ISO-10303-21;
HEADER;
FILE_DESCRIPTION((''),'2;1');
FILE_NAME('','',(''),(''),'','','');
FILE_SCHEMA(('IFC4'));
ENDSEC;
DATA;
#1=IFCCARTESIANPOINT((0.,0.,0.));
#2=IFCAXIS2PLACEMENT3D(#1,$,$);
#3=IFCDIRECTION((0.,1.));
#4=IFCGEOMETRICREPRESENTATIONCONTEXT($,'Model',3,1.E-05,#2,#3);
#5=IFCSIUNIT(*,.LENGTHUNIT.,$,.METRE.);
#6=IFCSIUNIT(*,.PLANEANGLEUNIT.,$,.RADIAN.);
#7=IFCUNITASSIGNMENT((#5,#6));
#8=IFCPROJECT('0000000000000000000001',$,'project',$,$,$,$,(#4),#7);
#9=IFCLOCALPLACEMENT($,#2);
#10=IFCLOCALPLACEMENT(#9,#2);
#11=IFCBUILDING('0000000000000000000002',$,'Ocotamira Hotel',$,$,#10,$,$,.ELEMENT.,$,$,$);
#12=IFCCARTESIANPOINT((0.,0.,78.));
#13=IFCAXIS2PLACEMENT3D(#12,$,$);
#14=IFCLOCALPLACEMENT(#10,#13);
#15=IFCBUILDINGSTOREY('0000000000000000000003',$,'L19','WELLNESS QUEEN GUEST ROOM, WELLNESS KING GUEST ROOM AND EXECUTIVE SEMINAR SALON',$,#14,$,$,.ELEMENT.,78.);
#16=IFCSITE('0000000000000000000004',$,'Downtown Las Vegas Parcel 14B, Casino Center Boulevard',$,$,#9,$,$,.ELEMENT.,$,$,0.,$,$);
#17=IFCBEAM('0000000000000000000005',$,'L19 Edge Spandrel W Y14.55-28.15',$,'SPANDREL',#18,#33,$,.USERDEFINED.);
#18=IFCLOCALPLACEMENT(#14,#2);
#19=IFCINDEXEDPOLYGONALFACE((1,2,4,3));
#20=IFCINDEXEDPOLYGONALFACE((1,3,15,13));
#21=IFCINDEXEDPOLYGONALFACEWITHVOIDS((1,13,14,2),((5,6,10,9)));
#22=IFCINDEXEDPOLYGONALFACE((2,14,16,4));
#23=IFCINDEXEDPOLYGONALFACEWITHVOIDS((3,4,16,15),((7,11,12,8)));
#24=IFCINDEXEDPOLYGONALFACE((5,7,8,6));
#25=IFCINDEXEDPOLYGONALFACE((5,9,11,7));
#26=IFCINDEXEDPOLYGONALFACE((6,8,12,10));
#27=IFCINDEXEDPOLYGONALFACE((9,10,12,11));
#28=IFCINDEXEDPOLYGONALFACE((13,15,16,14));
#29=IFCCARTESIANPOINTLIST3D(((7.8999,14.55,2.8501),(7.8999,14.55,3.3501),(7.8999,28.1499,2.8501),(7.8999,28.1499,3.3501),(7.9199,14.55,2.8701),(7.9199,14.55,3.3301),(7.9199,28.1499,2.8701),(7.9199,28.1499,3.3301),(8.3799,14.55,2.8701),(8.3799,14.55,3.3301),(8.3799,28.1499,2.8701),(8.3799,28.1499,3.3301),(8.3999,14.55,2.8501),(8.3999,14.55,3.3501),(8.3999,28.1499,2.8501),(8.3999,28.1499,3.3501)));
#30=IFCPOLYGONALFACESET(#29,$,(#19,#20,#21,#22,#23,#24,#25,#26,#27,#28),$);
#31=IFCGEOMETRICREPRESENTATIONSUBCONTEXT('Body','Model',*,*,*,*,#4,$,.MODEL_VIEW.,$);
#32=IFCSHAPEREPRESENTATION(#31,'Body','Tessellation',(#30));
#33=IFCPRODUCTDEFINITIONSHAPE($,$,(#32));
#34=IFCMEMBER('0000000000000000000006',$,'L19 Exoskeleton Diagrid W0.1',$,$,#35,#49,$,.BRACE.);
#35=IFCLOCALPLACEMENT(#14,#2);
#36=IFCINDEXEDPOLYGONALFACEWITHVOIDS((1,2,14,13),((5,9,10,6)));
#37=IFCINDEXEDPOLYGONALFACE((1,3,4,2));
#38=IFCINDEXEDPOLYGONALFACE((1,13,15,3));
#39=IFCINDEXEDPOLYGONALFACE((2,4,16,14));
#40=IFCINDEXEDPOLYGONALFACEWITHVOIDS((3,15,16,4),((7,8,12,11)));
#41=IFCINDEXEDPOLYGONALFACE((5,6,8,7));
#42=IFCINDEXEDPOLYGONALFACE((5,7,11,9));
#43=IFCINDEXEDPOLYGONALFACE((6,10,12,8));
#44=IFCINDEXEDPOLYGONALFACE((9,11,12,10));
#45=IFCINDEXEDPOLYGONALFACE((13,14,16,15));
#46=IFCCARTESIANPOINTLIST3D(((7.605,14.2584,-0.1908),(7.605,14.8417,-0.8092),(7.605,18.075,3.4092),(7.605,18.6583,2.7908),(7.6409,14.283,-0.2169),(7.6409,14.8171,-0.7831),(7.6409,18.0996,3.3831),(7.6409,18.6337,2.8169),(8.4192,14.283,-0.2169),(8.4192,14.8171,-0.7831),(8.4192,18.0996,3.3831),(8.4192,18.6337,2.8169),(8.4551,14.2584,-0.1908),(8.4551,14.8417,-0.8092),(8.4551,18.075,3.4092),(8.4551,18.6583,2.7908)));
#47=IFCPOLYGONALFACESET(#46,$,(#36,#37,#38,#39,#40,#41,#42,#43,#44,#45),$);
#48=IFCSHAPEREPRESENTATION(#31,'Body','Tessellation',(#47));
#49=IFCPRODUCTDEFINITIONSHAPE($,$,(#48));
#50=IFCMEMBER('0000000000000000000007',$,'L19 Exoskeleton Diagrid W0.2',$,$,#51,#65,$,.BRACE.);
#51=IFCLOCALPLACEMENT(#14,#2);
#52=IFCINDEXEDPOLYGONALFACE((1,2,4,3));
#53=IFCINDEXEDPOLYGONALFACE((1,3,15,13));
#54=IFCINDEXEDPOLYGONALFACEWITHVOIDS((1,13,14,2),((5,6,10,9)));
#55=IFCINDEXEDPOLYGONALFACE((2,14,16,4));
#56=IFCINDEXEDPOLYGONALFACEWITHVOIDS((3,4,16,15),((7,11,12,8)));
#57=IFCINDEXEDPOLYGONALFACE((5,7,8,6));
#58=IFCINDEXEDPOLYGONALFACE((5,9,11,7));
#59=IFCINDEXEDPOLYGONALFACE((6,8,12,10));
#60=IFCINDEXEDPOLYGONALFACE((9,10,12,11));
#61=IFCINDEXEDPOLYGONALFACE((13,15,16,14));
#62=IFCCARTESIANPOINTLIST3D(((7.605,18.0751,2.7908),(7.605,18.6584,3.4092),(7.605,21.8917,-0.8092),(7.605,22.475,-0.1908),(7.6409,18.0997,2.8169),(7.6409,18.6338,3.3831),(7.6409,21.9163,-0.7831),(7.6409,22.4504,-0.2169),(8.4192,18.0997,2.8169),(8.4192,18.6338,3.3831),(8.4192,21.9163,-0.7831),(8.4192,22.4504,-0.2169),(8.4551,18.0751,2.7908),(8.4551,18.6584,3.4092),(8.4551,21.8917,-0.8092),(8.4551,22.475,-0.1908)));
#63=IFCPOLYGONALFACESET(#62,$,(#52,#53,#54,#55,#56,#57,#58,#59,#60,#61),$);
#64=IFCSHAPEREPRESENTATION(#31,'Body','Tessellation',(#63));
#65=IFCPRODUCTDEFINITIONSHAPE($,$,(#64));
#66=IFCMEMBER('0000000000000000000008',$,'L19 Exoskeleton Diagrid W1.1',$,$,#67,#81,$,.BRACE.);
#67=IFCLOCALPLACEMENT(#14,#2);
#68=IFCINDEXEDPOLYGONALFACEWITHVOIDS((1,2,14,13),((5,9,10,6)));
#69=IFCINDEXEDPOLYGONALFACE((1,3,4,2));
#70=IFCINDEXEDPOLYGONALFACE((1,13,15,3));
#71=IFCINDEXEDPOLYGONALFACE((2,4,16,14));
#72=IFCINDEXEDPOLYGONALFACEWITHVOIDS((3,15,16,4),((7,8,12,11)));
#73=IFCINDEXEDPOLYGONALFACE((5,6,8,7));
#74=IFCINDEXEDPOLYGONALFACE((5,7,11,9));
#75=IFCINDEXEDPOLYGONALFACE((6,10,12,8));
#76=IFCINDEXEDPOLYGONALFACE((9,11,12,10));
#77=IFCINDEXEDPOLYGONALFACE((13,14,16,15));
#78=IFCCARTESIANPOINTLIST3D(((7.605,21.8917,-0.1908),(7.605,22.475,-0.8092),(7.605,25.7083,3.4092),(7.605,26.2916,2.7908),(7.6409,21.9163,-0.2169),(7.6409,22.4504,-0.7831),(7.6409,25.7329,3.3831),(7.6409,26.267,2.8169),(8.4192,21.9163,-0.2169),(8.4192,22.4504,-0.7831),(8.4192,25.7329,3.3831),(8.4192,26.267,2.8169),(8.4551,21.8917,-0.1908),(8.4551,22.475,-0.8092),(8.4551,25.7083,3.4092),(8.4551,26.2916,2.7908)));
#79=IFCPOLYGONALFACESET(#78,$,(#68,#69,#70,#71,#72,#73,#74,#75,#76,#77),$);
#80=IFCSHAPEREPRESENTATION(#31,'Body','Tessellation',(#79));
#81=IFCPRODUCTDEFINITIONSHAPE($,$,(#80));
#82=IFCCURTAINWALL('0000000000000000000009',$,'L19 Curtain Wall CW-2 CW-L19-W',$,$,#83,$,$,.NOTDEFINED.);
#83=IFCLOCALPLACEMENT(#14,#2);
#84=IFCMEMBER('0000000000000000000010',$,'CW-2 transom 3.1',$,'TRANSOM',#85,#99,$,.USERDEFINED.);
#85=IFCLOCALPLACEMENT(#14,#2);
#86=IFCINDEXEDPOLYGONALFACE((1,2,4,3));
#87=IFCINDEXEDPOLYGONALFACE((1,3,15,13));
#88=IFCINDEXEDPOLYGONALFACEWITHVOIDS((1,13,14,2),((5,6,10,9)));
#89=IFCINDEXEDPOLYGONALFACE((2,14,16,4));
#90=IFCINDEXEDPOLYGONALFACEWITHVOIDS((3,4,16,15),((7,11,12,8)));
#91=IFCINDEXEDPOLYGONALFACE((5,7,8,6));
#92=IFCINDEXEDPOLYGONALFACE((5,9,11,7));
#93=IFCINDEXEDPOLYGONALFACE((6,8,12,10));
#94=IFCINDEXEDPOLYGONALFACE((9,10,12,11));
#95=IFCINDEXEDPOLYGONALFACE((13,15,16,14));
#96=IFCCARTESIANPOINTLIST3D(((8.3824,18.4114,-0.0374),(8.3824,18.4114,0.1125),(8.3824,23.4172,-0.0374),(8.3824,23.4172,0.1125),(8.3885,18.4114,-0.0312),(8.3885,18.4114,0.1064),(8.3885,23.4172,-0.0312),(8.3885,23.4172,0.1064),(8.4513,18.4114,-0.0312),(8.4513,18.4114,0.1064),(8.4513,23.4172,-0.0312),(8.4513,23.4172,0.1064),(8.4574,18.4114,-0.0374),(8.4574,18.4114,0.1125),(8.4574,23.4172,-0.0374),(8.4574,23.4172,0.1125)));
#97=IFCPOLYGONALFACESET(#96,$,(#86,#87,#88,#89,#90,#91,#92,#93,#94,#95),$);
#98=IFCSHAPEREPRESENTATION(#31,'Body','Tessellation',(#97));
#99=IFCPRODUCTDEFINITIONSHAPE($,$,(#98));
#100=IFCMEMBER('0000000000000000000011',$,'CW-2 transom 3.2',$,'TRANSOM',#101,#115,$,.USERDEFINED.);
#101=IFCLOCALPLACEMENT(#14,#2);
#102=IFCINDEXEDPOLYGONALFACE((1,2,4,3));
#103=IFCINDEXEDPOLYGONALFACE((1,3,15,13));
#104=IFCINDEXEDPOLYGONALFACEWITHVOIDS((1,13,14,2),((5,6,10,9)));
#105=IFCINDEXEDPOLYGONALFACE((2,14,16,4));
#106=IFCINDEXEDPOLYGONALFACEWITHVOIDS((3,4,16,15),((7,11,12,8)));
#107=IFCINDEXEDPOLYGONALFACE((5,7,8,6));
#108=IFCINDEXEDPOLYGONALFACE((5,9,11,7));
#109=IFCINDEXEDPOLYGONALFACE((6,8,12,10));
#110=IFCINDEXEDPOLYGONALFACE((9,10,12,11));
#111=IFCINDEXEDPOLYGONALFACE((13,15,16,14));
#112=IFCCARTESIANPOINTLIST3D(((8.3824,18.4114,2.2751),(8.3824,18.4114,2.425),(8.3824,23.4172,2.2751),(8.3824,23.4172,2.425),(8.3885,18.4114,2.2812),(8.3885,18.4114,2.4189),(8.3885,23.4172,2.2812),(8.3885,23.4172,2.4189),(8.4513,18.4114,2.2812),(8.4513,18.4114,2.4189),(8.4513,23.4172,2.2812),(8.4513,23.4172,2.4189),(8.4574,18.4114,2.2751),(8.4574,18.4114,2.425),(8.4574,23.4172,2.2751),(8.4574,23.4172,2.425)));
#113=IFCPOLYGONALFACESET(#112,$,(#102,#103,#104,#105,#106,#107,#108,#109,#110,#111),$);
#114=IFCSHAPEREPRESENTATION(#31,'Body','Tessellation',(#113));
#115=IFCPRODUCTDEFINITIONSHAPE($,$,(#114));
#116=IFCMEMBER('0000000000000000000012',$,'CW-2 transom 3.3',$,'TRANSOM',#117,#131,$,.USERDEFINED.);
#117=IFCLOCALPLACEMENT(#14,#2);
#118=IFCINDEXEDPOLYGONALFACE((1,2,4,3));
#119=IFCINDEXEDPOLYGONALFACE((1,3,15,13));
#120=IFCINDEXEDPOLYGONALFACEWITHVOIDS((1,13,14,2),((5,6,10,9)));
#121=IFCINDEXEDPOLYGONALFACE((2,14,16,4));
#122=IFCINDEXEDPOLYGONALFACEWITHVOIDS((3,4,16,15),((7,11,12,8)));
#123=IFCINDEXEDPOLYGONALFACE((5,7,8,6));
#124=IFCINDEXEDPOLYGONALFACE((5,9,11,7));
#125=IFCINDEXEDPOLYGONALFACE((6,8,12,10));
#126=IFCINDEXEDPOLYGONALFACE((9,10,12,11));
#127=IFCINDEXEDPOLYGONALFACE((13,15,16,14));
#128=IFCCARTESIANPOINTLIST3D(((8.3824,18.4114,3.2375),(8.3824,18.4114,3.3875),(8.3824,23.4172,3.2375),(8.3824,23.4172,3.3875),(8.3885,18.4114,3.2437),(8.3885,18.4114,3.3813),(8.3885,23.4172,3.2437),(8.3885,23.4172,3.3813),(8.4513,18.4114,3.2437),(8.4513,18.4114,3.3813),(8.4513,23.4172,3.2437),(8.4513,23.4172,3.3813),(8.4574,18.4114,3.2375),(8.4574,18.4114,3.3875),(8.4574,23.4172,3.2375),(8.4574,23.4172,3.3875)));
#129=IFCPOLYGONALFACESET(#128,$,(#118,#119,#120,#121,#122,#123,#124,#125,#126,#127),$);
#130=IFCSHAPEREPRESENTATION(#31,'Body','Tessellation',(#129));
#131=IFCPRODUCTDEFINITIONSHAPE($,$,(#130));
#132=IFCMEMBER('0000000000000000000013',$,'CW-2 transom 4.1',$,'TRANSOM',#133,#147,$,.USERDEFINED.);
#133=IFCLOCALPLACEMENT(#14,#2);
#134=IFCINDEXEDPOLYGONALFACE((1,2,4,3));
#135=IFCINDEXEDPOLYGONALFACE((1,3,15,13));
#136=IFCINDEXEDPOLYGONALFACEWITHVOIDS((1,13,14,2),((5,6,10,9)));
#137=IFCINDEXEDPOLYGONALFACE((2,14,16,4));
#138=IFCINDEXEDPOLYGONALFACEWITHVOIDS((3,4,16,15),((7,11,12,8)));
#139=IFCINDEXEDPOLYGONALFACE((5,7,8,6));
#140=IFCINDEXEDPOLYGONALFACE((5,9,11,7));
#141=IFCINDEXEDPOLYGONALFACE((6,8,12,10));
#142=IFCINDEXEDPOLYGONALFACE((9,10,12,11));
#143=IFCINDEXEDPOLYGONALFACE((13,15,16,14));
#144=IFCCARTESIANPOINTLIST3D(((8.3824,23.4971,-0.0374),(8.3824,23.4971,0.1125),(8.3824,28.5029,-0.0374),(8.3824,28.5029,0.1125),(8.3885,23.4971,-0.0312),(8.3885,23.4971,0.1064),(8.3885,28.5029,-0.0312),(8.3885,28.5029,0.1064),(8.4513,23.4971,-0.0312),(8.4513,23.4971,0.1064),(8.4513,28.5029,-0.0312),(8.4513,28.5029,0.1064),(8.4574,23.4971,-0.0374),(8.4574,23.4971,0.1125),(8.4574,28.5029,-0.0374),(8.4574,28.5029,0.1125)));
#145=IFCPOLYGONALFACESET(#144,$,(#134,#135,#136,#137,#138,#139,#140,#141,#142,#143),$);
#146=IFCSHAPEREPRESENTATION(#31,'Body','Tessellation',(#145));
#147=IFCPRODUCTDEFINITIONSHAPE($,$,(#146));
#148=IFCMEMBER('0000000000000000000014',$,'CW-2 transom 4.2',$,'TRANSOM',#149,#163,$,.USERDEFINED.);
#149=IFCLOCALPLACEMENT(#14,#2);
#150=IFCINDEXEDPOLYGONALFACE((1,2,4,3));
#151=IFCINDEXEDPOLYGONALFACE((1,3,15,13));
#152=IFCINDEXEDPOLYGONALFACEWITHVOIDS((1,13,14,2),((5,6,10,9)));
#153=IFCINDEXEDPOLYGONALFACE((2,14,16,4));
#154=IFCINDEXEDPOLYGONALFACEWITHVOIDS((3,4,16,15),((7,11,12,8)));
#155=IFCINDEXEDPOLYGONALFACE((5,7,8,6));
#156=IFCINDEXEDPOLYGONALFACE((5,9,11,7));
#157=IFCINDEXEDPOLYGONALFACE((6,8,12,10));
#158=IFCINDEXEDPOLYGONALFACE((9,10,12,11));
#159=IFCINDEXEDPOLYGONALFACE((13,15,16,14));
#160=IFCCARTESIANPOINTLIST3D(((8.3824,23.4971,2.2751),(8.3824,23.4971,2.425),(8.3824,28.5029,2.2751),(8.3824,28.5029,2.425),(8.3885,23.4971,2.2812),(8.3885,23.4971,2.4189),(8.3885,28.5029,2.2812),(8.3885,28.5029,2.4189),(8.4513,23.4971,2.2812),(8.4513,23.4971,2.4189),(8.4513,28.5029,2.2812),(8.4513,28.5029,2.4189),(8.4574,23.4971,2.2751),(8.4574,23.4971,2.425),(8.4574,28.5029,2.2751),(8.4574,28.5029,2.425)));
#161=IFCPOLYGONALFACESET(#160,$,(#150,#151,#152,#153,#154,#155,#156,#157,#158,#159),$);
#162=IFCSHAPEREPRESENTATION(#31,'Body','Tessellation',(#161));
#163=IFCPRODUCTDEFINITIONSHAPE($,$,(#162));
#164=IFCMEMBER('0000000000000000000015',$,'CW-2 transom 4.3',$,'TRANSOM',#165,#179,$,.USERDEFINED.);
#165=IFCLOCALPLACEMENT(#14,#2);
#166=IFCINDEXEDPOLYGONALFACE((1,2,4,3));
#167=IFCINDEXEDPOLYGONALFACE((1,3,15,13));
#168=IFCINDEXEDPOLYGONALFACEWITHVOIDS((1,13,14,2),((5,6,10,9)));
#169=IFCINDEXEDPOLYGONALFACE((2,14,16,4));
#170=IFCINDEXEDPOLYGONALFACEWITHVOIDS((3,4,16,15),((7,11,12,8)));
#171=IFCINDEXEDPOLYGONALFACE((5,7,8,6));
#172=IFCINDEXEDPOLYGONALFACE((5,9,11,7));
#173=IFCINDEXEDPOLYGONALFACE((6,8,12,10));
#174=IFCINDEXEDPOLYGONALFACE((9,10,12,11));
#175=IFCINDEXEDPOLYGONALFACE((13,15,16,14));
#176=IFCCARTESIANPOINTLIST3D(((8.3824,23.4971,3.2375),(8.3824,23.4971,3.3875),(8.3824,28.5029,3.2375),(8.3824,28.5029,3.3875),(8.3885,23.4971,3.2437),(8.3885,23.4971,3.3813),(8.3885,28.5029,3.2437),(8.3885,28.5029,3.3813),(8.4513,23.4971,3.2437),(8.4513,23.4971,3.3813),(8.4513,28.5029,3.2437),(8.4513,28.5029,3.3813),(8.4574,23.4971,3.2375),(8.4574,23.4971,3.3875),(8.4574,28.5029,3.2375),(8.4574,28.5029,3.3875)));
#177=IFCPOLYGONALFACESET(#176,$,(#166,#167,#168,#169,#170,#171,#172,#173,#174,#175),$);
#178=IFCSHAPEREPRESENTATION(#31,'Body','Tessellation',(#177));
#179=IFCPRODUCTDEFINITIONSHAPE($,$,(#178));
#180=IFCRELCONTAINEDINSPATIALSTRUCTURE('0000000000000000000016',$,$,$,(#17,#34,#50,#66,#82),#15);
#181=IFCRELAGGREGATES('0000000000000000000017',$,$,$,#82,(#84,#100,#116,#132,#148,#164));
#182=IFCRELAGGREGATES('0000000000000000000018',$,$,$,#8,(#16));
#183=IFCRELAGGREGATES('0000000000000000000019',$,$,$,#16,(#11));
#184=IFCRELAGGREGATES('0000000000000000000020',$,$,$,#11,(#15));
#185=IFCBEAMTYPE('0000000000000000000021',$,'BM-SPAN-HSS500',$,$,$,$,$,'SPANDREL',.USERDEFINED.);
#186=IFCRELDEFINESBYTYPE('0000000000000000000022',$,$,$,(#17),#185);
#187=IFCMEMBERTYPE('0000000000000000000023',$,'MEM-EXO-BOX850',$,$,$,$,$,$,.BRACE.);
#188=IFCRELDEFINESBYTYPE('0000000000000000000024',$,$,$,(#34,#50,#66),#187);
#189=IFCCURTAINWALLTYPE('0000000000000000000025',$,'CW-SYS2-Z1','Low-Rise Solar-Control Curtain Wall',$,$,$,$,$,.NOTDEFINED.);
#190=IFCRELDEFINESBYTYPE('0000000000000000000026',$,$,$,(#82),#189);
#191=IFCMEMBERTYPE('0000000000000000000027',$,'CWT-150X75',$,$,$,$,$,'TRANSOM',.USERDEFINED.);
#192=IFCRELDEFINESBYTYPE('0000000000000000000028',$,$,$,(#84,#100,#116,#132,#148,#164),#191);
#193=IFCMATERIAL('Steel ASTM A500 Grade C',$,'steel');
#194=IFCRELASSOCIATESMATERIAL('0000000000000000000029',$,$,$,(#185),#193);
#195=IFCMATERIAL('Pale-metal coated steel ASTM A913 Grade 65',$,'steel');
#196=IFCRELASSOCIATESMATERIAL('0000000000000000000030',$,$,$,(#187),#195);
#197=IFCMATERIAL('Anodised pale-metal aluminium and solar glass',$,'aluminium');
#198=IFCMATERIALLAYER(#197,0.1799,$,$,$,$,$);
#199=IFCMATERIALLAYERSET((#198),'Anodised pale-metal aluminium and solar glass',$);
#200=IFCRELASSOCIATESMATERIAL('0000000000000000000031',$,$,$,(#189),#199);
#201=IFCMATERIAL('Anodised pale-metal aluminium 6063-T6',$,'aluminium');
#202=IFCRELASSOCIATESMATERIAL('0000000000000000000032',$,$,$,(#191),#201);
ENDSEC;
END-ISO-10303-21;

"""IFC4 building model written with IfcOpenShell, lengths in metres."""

from ifc_helpers import new_model, si_unit, direction, frame, origin, origin_2d, place, context, subcontext, project, spatial, hollow_rectangle, extrude, source, transform, mapped, material, layer, layer_set, material_profile, profile_set, type_object, element, aggregate, save


model = new_model("IFC4")

# Units and contexts
model_context = context("Model", 3, precision=1e-05, world=origin(), true_north=direction((0.0, 1.0)))
body_context = subcontext(model_context, "Body", "Model", "MODEL_VIEW")
ifc_project = project(units=[si_unit("LENGTHUNIT", "METRE"), si_unit("PLANEANGLEUNIT", "RADIAN")], contexts=[model_context])

# Site, building, storey
site_placement = place(None, origin())
site = spatial("IfcSite", under=ifc_project, at=site_placement, Name="Downtown Las Vegas Parcel 14B, Casino Center Boulevard", CompositionType="ELEMENT", RefElevation=0.0)
building_placement = place(site_placement, origin())
building = spatial("IfcBuilding", under=site, at=building_placement, Name="Ocotamira Hotel", CompositionType="ELEMENT")
storey_placement = place(building_placement, frame((0.0, 0.0, 78.0)))
storey = spatial("IfcBuildingStorey", under=building, at=storey_placement, Name="L19", Description="WELLNESS QUEEN GUEST ROOM, WELLNESS KING GUEST ROOM AND EXECUTIVE SEMINAR SALON", CompositionType="ELEMENT", Elevation=78.0)

# Beam
ifc_material_1 = material(Name="Steel ASTM A500 Grade C", Category="steel")
ifc_material_profile_1 = material_profile(ifc_material_1, hollow_rectangle(XDim=0.5, YDim=0.5, WallThickness=0.02, at=origin_2d()), Name="HSS500X500X20")
ifc_profile_set_1 = profile_set([ifc_material_profile_1], Name="Steel ASTM A500 Grade C")
beam_type_1 = type_object("IfcBeamType", Name="BM-SPAN-HSS500", ElementType="SPANDREL", PredefinedType="USERDEFINED", material=ifc_profile_set_1)
shared_shape_1 = source(origin(), body_context, "Body", "SweptSolid", [
    extrude(hollow_rectangle(XDim=0.5, YDim=0.5, WallThickness=0.02, at=origin_2d()), origin(), (0.0, 0.0, 1.0), 13.5999),
])
beam_1_placement = place(storey_placement, frame((8.1499, 14.55, 3.1001), z_axis=(0.0, 1.0, 0.0), x_axis=(-1.0, 0.0, 0.0)))
element("IfcBeam", 1, at=beam_1_placement, inside=storey, type_object=beam_type_1, Name="L19 Edge Spandrel W Y14.55-28.15", ObjectType="SPANDREL", PredefinedType="USERDEFINED", context=body_context, shape_type="MappedRepresentation", body=[
    mapped(shared_shape_1, transform((0.0, 0.0, 0.0), scale=1.0)),
])

# Members
ifc_material_2 = material(Name="Pale-metal coated steel ASTM A913 Grade 65", Category="steel")
ifc_material_profile_2 = material_profile(ifc_material_2, hollow_rectangle(XDim=0.8501, YDim=0.8501, WallThickness=0.0359, at=origin_2d()), Name="BOX850X850X36")
ifc_profile_set_2 = profile_set([ifc_material_profile_2], Name="Pale-metal coated steel ASTM A913 Grade 65")
member_type_1 = type_object("IfcMemberType", Name="MEM-EXO-BOX850", PredefinedType="BRACE", material=ifc_profile_set_2)
shared_shape_2 = source(origin(), body_context, "Body", "SweptSolid", [
    extrude(hollow_rectangle(XDim=0.8501, YDim=0.8501, WallThickness=0.0359, at=origin_2d()), origin(), (0.0, 0.0, 1.0), 5.2466),
])
for number, where, z_axis, x_axis, name in (
    (2, (8.03, 14.55, -0.5), (0.0, 0.727443, 0.686168), (-1.0, 0.0, 0.0), "L19 Exoskeleton Diagrid W0.1"),
    (3, (8.03, 22.1833, -0.5), (0.0, -0.727443, 0.686168), (1.0, 0.0, 0.0), "L19 Exoskeleton Diagrid W0.2"),
    (4, (8.03, 22.1833, -0.5), (0.0, 0.727443, 0.686168), (-1.0, 0.0, 0.0), "L19 Exoskeleton Diagrid W1.1"),
):
    element("IfcMember", number, at=place(storey_placement, frame(where, z_axis=z_axis, x_axis=x_axis)), inside=storey, type_object=member_type_1, Name=name, PredefinedType="BRACE", context=body_context, shape_type="MappedRepresentation", body=[
        mapped(shared_shape_2, transform((0.0, 0.0, 0.0), scale=1.0)),
    ])

# Curtain wall, members
ifc_material_3 = material(Name="Anodised pale-metal aluminium and solar glass", Category="aluminium")
ifc_layer_1 = layer(ifc_material_3, 0.1799)
ifc_layer_set_1 = layer_set([ifc_layer_1], Name="Anodised pale-metal aluminium and solar glass")
curtain_wall_type = type_object("IfcCurtainWallType", Name="CW-SYS2-Z1", Description="Low-Rise Solar-Control Curtain Wall", PredefinedType="NOTDEFINED", material=ifc_layer_set_1)
curtain_wall_placement = place(storey_placement, origin())
curtain_wall = element("IfcCurtainWall", 5, at=curtain_wall_placement, inside=storey, type_object=curtain_wall_type, Name="L19 Curtain Wall CW-2 CW-L19-W", PredefinedType="NOTDEFINED")
ifc_material_4 = material(Name="Anodised pale-metal aluminium 6063-T6", Category="aluminium")
ifc_material_profile_3 = material_profile(ifc_material_4, hollow_rectangle(XDim=0.075, YDim=0.1499, WallThickness=0.0061, at=origin_2d()), Name="HSS150X75X6")
ifc_profile_set_3 = profile_set([ifc_material_profile_3], Name="Anodised pale-metal aluminium 6063-T6")
member_type_2 = type_object("IfcMemberType", Name="CWT-150X75", ElementType="TRANSOM", PredefinedType="USERDEFINED", material=ifc_profile_set_3)
shared_shape_3 = source(origin(), body_context, "Body", "SweptSolid", [
    extrude(hollow_rectangle(XDim=0.075, YDim=0.1499, WallThickness=0.0061, at=origin_2d()), origin(), (0.0, 0.0, 1.0), 5.0059),
])
member_1_placement = place(storey_placement, frame((8.4199, 18.4114, 0.0376), z_axis=(0.0, 1.0, 0.0), x_axis=(-1.0, 0.0, 0.0)))
member_1 = element("IfcMember", 6, at=member_1_placement, type_object=member_type_2, Name="CW-2 transom 3.1", ObjectType="TRANSOM", PredefinedType="USERDEFINED", context=body_context, shape_type="MappedRepresentation", body=[
    mapped(shared_shape_3, transform((0.0, 0.0, 0.0), scale=1.0)),
])
member_2_placement = place(storey_placement, frame((8.4199, 18.4114, 2.3501), z_axis=(0.0, 1.0, 0.0), x_axis=(-1.0, 0.0, 0.0)))
member_2 = element("IfcMember", 7, at=member_2_placement, type_object=member_type_2, Name="CW-2 transom 3.2", ObjectType="TRANSOM", PredefinedType="USERDEFINED", context=body_context, shape_type="MappedRepresentation", body=[
    mapped(shared_shape_3, transform((0.0, 0.0, 0.0), scale=1.0)),
])
member_3_placement = place(storey_placement, frame((8.4199, 18.4114, 3.3125), z_axis=(0.0, 1.0, 0.0), x_axis=(-1.0, 0.0, 0.0)))
member_3 = element("IfcMember", 8, at=member_3_placement, type_object=member_type_2, Name="CW-2 transom 3.3", ObjectType="TRANSOM", PredefinedType="USERDEFINED", context=body_context, shape_type="MappedRepresentation", body=[
    mapped(shared_shape_3, transform((0.0, 0.0, 0.0), scale=1.0)),
])
member_4_placement = place(storey_placement, frame((8.4199, 23.4971, 0.0376), z_axis=(0.0, 1.0, 0.0), x_axis=(-1.0, 0.0, 0.0)))
member_4 = element("IfcMember", 9, at=member_4_placement, type_object=member_type_2, Name="CW-2 transom 4.1", ObjectType="TRANSOM", PredefinedType="USERDEFINED", context=body_context, shape_type="MappedRepresentation", body=[
    mapped(shared_shape_3, transform((0.0, 0.0, 0.0), scale=1.0)),
])
member_5_placement = place(storey_placement, frame((8.4199, 23.4971, 2.3501), z_axis=(0.0, 1.0, 0.0), x_axis=(-1.0, 0.0, 0.0)))
member_5 = element("IfcMember", 10, at=member_5_placement, type_object=member_type_2, Name="CW-2 transom 4.2", ObjectType="TRANSOM", PredefinedType="USERDEFINED", context=body_context, shape_type="MappedRepresentation", body=[
    mapped(shared_shape_3, transform((0.0, 0.0, 0.0), scale=1.0)),
])
member_6_placement = place(storey_placement, frame((8.4199, 23.4971, 3.3125), z_axis=(0.0, 1.0, 0.0), x_axis=(-1.0, 0.0, 0.0)))
member_6 = element("IfcMember", 11, at=member_6_placement, type_object=member_type_2, Name="CW-2 transom 4.3", ObjectType="TRANSOM", PredefinedType="USERDEFINED", context=body_context, shape_type="MappedRepresentation", body=[
    mapped(shared_shape_3, transform((0.0, 0.0, 0.0), scale=1.0)),
])

aggregate(curtain_wall, [member_1, member_2, member_3, member_4, member_5, member_6])

save(model, "model.ifc")
